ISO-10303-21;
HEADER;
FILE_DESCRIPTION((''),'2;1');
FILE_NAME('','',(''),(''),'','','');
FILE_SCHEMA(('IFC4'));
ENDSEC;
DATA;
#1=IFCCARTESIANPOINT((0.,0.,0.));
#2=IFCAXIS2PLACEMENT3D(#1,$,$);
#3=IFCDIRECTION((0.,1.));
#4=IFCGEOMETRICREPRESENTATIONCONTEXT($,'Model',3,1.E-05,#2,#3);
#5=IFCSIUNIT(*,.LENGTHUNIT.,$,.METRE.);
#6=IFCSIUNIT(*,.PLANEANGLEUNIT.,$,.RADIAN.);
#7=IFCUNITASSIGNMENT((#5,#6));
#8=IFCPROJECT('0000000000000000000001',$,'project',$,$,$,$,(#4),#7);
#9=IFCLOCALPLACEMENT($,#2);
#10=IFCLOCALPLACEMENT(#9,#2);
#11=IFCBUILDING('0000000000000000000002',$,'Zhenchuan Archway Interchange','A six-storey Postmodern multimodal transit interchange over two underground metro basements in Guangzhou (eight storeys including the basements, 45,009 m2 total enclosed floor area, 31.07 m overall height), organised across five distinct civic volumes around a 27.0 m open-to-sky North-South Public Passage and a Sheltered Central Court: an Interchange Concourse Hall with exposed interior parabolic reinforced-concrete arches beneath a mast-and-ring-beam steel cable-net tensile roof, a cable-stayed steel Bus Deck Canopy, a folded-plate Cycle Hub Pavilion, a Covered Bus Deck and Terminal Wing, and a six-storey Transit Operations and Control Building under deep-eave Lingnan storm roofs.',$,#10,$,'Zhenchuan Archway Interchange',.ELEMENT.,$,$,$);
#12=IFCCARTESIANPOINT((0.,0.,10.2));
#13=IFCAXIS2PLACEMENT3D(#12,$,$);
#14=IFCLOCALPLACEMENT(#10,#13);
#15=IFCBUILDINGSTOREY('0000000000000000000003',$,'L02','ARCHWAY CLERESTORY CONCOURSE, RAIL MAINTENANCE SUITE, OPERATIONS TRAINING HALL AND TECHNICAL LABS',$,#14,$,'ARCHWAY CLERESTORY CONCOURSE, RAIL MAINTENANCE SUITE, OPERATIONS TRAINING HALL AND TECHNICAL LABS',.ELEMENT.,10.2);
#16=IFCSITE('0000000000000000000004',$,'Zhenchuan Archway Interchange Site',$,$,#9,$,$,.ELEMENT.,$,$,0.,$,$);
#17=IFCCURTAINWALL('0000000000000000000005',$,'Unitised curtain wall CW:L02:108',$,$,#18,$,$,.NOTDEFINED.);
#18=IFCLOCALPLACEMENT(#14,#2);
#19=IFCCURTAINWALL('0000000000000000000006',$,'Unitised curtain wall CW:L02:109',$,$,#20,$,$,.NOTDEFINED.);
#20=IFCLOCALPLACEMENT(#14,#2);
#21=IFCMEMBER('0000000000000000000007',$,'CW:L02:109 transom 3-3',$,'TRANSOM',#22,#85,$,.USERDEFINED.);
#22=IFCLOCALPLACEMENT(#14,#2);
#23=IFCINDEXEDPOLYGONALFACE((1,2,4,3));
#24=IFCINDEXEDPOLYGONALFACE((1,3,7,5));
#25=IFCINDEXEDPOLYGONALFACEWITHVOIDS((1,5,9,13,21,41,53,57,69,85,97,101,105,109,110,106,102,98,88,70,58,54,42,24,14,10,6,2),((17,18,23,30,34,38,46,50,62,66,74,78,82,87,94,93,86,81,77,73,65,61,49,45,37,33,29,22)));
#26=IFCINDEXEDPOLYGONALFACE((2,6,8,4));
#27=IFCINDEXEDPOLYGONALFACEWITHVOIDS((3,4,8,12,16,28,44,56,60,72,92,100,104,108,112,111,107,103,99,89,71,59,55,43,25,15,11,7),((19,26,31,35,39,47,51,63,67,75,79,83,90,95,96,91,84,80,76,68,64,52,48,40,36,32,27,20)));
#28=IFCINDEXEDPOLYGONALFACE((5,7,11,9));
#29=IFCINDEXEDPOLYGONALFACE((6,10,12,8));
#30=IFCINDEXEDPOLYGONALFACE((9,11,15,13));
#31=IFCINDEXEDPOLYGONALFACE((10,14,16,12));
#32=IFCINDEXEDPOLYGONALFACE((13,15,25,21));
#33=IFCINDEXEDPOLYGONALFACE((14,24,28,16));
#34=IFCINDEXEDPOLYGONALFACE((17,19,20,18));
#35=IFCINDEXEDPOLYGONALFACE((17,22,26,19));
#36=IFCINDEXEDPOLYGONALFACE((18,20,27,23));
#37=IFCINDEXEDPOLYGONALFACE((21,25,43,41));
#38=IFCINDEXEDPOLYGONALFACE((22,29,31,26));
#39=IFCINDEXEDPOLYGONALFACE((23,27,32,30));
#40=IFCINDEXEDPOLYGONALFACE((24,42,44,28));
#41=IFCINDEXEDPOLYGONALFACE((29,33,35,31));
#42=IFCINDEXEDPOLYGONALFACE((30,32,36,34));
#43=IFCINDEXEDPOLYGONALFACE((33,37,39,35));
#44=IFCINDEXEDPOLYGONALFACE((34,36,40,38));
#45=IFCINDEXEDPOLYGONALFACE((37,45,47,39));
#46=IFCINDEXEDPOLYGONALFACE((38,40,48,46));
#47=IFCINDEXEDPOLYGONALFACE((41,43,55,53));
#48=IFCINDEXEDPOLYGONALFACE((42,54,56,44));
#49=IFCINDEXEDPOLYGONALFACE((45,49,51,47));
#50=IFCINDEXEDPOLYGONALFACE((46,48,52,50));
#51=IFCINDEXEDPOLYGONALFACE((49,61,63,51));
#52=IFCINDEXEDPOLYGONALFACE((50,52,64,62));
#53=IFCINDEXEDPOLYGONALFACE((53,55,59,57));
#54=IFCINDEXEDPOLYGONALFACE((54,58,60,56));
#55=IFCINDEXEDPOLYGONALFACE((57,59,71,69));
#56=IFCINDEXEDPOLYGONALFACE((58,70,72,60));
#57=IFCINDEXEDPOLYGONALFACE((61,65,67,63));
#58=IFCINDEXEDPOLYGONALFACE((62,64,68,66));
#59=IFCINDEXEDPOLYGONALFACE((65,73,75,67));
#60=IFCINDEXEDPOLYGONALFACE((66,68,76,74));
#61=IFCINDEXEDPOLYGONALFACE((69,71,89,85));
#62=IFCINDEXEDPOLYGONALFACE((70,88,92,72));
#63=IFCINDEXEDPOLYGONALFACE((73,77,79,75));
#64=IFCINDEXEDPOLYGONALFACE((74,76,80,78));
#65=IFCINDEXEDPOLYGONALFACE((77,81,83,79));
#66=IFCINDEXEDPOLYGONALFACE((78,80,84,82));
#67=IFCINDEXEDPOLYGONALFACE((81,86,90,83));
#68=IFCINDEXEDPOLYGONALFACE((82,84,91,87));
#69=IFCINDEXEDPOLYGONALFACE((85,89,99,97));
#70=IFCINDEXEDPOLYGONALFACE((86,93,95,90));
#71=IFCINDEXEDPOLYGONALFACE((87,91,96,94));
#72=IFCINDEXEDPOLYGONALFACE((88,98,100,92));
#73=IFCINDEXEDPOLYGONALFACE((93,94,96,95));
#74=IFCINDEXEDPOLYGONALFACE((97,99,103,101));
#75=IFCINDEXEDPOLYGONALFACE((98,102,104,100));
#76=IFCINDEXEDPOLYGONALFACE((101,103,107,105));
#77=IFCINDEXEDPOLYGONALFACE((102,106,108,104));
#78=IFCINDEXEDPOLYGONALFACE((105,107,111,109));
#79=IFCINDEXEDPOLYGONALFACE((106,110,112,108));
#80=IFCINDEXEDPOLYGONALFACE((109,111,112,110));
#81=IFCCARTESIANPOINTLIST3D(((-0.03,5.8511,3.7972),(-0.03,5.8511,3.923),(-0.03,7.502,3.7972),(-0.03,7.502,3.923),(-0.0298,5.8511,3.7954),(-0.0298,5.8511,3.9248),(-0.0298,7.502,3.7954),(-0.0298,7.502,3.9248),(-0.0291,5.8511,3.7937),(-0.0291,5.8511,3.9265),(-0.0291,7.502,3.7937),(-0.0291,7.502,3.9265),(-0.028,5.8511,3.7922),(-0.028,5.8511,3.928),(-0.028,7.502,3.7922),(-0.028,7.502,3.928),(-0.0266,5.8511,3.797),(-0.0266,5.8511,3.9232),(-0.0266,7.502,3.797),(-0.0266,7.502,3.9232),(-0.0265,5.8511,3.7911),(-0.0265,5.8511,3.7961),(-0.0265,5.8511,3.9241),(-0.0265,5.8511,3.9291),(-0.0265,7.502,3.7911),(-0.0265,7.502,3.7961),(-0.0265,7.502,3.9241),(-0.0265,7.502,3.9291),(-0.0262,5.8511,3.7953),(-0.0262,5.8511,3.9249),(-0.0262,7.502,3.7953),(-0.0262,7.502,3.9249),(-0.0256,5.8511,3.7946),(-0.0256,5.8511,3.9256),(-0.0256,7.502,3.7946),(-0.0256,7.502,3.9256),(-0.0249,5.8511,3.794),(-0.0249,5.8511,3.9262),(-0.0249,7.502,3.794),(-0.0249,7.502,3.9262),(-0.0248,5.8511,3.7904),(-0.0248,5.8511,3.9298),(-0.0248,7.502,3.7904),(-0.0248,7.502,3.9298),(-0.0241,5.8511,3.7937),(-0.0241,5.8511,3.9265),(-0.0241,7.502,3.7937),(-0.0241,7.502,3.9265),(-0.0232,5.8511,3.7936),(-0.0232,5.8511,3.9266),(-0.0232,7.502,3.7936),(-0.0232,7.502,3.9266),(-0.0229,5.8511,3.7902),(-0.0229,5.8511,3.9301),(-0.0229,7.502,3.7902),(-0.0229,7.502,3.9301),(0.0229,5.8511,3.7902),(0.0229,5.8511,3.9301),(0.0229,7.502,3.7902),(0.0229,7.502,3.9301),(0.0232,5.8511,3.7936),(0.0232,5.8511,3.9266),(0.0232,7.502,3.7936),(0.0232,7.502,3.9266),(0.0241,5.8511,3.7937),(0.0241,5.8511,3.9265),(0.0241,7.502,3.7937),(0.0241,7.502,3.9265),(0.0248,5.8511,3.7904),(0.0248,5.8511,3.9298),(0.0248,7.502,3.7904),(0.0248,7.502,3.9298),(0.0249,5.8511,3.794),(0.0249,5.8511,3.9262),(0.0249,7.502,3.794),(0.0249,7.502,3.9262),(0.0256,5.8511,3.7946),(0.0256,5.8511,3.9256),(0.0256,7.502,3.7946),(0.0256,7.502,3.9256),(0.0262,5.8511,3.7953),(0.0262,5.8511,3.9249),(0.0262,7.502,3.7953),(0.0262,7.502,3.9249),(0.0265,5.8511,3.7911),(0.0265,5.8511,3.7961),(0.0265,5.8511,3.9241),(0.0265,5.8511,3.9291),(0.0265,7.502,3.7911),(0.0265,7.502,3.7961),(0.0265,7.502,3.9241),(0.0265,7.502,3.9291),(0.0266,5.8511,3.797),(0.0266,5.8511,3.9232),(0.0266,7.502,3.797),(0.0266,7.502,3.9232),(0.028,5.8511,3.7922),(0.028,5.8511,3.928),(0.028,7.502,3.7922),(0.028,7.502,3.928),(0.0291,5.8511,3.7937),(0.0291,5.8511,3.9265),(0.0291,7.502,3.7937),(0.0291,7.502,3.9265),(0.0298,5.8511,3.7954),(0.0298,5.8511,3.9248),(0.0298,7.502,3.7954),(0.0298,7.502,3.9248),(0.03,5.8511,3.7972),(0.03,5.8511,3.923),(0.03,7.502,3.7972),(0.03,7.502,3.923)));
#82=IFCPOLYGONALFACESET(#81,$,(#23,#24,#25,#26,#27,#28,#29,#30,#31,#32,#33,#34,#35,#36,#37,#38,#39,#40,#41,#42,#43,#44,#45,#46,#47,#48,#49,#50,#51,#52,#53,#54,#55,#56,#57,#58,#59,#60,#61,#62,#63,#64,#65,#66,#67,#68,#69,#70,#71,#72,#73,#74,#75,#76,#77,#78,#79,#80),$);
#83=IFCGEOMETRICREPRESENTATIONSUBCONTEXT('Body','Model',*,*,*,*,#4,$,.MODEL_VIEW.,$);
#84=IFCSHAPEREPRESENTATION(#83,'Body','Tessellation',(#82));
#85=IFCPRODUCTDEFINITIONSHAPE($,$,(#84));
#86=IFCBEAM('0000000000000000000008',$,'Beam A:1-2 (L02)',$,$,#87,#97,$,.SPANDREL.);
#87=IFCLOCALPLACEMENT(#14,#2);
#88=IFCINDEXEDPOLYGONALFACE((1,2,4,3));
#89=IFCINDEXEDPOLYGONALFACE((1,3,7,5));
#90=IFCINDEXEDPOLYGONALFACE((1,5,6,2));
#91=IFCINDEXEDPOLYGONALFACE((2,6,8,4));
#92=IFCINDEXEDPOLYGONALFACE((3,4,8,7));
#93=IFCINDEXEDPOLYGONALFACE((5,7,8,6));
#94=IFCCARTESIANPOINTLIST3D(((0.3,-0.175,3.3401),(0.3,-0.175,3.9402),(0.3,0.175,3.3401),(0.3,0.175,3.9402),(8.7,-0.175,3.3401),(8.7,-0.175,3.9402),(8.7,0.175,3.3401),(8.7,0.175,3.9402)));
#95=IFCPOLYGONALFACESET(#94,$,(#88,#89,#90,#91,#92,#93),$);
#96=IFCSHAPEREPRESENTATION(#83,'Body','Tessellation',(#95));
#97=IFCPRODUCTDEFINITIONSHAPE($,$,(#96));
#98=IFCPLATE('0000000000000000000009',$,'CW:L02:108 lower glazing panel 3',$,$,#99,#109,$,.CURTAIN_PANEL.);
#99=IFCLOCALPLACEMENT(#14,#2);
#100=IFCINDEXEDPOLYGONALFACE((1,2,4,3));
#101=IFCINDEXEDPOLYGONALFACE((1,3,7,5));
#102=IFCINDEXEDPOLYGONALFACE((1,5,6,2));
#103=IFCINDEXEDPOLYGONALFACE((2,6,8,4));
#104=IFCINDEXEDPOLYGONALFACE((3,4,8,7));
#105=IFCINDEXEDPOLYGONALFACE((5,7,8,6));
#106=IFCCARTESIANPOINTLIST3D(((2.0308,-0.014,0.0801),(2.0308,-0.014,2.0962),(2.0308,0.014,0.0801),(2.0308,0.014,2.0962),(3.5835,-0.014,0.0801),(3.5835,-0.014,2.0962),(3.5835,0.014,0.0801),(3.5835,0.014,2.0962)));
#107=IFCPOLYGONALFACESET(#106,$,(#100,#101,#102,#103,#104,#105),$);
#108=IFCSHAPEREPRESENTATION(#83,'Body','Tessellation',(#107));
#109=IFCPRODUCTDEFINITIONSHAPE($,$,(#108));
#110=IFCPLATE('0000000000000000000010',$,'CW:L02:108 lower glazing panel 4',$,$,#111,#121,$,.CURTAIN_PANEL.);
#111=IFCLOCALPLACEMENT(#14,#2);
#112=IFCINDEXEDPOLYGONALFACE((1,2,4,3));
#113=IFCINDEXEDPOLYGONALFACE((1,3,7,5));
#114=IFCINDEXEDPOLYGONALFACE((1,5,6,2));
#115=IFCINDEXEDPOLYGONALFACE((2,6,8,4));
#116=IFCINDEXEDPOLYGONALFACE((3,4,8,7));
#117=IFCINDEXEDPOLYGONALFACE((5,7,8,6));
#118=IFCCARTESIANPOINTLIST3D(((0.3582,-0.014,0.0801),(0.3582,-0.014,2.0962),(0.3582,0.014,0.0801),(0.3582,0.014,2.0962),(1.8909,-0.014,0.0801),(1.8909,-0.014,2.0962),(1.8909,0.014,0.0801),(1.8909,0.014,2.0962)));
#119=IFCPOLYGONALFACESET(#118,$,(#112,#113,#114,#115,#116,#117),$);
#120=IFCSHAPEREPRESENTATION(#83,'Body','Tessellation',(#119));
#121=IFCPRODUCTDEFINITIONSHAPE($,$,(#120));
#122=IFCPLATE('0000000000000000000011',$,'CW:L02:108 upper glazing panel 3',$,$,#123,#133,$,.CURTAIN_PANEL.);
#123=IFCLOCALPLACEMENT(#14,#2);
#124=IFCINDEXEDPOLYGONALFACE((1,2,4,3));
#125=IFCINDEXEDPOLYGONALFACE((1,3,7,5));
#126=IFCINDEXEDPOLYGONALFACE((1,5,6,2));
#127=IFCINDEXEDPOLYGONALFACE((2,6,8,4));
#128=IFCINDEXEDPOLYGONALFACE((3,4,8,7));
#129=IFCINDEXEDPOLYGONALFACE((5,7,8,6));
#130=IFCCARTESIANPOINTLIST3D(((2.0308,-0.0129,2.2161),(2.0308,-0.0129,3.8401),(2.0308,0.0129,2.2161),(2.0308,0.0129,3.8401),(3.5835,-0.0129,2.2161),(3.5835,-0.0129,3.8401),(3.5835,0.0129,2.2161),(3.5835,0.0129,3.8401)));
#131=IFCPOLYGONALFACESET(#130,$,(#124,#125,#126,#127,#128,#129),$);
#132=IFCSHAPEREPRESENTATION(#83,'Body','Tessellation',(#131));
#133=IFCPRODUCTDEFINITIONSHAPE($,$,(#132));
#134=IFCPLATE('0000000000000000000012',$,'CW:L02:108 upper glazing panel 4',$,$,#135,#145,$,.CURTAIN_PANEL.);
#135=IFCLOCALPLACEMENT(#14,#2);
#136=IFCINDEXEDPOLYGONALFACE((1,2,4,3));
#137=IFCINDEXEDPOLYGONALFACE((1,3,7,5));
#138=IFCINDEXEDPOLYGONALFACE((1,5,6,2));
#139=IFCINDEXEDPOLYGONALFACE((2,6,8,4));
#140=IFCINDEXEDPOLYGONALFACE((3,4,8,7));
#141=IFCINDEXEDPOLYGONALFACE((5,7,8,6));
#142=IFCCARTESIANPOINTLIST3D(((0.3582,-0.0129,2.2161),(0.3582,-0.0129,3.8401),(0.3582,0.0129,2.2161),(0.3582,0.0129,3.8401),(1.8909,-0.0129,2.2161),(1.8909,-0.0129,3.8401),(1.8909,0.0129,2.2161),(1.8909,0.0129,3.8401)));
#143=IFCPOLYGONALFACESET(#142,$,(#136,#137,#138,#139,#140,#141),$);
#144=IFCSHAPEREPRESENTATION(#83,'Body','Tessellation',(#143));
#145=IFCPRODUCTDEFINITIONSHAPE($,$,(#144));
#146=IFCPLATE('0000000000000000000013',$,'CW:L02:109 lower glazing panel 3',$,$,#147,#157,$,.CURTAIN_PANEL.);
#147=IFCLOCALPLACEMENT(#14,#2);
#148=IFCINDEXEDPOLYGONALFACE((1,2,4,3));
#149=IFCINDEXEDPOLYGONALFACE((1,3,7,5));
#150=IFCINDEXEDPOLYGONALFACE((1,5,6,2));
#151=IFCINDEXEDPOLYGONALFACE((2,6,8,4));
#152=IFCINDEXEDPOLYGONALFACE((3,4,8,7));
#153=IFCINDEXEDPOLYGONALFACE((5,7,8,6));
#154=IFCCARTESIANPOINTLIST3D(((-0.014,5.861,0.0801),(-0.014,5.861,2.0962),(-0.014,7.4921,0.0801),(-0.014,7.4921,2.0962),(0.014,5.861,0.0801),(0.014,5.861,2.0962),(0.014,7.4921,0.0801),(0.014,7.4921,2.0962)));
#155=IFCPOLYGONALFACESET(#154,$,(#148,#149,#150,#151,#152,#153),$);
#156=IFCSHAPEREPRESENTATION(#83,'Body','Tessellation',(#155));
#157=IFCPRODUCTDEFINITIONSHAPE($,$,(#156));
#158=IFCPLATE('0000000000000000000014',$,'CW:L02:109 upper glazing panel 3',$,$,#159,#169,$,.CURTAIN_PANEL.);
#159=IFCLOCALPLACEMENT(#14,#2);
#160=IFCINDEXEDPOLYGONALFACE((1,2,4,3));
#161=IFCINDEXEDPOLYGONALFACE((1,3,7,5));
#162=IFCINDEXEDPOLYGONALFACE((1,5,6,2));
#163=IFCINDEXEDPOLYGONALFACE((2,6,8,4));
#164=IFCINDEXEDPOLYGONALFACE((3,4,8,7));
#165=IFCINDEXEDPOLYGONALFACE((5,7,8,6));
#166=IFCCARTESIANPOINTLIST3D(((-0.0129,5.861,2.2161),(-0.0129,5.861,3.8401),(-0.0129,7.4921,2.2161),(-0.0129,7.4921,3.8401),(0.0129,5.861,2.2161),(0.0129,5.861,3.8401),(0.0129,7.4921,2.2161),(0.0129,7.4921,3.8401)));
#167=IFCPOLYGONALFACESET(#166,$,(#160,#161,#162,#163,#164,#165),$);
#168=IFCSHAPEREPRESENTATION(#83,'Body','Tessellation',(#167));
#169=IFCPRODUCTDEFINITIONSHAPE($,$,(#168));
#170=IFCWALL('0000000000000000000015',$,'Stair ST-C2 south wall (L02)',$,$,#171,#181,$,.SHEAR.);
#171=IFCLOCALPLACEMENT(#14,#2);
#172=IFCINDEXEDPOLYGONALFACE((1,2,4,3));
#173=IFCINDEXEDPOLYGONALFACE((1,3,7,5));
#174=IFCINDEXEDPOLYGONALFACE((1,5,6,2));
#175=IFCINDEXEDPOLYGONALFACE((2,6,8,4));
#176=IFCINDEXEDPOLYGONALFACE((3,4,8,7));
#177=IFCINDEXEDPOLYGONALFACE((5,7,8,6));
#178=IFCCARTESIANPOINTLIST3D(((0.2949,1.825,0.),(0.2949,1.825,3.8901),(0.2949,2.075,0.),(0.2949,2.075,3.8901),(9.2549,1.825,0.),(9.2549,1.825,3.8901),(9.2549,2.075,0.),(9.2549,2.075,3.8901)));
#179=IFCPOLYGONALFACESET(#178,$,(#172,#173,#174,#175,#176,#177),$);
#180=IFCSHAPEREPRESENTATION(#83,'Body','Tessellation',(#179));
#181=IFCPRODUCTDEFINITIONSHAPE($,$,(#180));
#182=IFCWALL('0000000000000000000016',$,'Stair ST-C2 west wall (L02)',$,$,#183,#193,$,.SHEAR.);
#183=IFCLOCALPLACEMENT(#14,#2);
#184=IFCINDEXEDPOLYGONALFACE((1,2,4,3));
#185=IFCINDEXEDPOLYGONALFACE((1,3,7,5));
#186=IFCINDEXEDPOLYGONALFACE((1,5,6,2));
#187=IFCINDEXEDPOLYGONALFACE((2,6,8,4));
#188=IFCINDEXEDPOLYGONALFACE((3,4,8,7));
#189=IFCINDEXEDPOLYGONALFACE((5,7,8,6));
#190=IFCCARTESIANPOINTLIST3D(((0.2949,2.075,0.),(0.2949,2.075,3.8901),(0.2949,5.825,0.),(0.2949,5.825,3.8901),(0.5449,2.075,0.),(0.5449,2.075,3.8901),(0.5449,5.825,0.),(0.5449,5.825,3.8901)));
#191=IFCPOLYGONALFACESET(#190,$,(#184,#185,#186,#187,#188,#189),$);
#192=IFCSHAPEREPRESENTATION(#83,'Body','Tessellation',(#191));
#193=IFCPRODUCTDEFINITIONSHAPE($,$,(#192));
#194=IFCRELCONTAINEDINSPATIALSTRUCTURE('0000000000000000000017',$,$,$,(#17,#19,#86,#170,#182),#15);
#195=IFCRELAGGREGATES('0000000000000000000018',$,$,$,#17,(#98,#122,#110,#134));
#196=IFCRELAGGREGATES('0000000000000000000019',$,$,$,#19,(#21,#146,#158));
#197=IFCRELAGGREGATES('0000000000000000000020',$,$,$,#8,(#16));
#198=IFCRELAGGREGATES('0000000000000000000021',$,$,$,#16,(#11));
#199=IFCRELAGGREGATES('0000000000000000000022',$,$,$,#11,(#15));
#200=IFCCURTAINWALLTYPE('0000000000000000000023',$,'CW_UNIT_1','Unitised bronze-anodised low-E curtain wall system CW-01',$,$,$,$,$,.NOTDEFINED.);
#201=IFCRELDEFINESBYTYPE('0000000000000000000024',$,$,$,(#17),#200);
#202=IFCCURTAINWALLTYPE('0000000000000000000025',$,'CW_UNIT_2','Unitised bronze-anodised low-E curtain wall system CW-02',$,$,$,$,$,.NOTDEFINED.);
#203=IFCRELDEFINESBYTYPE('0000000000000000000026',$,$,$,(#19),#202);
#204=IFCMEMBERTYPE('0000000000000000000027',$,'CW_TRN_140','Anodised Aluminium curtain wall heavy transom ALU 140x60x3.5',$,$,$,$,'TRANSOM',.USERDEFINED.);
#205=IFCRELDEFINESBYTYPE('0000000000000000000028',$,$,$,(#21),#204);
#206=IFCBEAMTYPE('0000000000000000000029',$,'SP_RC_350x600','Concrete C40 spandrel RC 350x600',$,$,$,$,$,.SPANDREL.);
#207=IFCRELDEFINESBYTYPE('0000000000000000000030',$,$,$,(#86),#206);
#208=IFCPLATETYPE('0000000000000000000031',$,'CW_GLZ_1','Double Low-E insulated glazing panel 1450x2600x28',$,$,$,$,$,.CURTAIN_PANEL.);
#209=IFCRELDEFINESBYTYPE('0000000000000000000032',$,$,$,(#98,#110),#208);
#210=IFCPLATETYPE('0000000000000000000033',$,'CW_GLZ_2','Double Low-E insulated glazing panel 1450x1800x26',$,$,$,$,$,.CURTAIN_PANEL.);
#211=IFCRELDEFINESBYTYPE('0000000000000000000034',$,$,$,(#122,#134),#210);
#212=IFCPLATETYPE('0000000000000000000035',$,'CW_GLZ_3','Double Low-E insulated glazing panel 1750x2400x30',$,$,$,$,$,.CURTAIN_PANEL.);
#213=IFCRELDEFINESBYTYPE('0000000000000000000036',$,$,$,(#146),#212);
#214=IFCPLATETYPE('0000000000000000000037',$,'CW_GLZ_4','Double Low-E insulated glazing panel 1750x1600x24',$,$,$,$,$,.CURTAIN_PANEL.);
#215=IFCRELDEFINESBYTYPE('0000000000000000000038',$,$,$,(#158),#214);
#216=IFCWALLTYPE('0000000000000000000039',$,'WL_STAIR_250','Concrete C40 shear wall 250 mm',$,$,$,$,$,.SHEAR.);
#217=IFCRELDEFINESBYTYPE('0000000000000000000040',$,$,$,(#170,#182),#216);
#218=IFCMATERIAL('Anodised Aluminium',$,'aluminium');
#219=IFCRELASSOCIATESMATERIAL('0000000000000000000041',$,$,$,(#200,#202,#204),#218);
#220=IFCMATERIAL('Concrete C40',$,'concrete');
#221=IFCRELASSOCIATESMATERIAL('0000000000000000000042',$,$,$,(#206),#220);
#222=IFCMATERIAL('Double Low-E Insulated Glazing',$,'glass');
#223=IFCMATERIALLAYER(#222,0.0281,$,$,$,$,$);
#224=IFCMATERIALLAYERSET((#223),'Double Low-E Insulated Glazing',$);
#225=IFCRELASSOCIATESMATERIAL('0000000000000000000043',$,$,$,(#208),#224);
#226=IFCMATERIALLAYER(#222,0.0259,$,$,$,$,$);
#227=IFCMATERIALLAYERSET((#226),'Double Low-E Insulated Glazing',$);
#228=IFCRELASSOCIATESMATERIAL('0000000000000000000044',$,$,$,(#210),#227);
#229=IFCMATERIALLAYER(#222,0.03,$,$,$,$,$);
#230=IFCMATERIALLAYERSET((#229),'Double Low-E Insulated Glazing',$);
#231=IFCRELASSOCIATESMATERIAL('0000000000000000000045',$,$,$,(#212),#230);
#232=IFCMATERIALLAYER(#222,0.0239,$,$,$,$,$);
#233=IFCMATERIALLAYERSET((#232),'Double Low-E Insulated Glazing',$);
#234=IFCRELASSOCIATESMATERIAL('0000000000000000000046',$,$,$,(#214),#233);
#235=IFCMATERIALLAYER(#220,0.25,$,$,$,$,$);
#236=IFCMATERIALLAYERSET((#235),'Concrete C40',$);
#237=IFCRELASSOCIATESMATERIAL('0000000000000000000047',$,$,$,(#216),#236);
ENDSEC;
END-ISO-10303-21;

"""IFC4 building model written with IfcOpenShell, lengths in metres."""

from ifc_helpers import new_model, si_unit, direction, frame, frame_2d, origin, origin_2d, place, context, subcontext, project, spatial, rectangle, hollow_rectangle, extrude, material, layer, layer_set, material_profile, profile_set, type_object, element, aggregate, save


model = new_model("IFC4")

# Units and contexts
model_context = context("Model", 3, precision=1e-05, world=origin(), true_north=direction((0.0, 1.0)))
body_context = subcontext(model_context, "Body", "Model", "MODEL_VIEW")
ifc_project = project(units=[si_unit("LENGTHUNIT", "METRE"), si_unit("PLANEANGLEUNIT", "RADIAN")], contexts=[model_context])

# Site, building, storey
site_placement = place(None, origin())
site = spatial("IfcSite", under=ifc_project, at=site_placement, Name="Zhenchuan Archway Interchange Site", CompositionType="ELEMENT", RefElevation=0.0)
building_placement = place(site_placement, origin())
building = spatial("IfcBuilding", under=site, at=building_placement, Name="Zhenchuan Archway Interchange", Description="A six-storey Postmodern multimodal transit interchange over two underground metro basements in Guangzhou (eight storeys including the basements, 45,009 m2 total enclosed floor area, 31.07 m overall height), organised across five distinct civic volumes around a 27.0 m open-to-sky North-South Public Passage and a Sheltered Central Court: an Interchange Concourse Hall with exposed interior parabolic reinforced-concrete arches beneath a mast-and-ring-beam steel cable-net tensile roof, a cable-stayed steel Bus Deck Canopy, a folded-plate Cycle Hub Pavilion, a Covered Bus Deck and Terminal Wing, and a six-storey Transit Operations and Control Building under deep-eave Lingnan storm roofs.", LongName="Zhenchuan Archway Interchange", CompositionType="ELEMENT")
storey_placement = place(building_placement, frame((0.0, 0.0, 10.2)))
storey = spatial("IfcBuildingStorey", under=building, at=storey_placement, Name="L02", Description="ARCHWAY CLERESTORY CONCOURSE, RAIL MAINTENANCE SUITE, OPERATIONS TRAINING HALL AND TECHNICAL LABS", LongName="ARCHWAY CLERESTORY CONCOURSE, RAIL MAINTENANCE SUITE, OPERATIONS TRAINING HALL AND TECHNICAL LABS", CompositionType="ELEMENT", Elevation=10.2)

# Shared definitions
ifc_material_1 = material(Name="Concrete C40", Category="concrete")

# Curtain wall
ifc_material_2 = material(Name="Anodised Aluminium", Category="aluminium")
curtain_wall_type_1 = type_object("IfcCurtainWallType", Name="CW_UNIT_1", Description="Unitised bronze-anodised low-E curtain wall system CW-01", PredefinedType="NOTDEFINED", material=ifc_material_2)
curtain_wall_1_placement = place(storey_placement, origin())
curtain_wall_1 = element("IfcCurtainWall", 1, at=curtain_wall_1_placement, inside=storey, type_object=curtain_wall_type_1, Name="Unitised curtain wall CW:L02:108", PredefinedType="NOTDEFINED")

# Curtain wall
curtain_wall_type_2 = type_object("IfcCurtainWallType", Name="CW_UNIT_2", Description="Unitised bronze-anodised low-E curtain wall system CW-02", PredefinedType="NOTDEFINED", material=ifc_material_2)
curtain_wall_2_placement = place(storey_placement, origin())
curtain_wall_2 = element("IfcCurtainWall", 2, at=curtain_wall_2_placement, inside=storey, type_object=curtain_wall_type_2, Name="Unitised curtain wall CW:L02:109", PredefinedType="NOTDEFINED")

# Member
ifc_material_profile_1 = material_profile(ifc_material_2, hollow_rectangle(XDim=0.0601, YDim=0.1399, WallThickness=0.0034, InnerFilletRadius=0.0034, OuterFilletRadius=0.0071, at=origin_2d()), Name="ALU 140x60x3.5")
ifc_profile_set_1 = profile_set([ifc_material_profile_1], Name="Anodised Aluminium")
member_type_1 = type_object("IfcMemberType", Name="CW_TRN_140", Description="Anodised Aluminium curtain wall heavy transom ALU 140x60x3.5", ElementType="TRANSOM", PredefinedType="USERDEFINED", material=ifc_profile_set_1)
member_1_placement = place(storey_placement, frame((0.0, 5.8511, 3.8601), z_axis=(0.0, 1.0, 0.0), x_axis=(-1.0, 0.0, 0.0)))
member_1 = element("IfcMember", 3, at=member_1_placement, type_object=member_type_1, Name="CW:L02:109 transom 3-3", ObjectType="TRANSOM", PredefinedType="USERDEFINED", context=body_context, shape_type="SweptSolid", body=[
    extrude(hollow_rectangle(XDim=0.0601, YDim=0.1399, WallThickness=0.0034, InnerFilletRadius=0.0034, OuterFilletRadius=0.0071, at=origin_2d()), origin(), (0.0, 0.0, 1.0), 1.6509),
])

# Beam
ifc_material_profile_2 = material_profile(ifc_material_1, rectangle(XDim=0.3501, YDim=0.6001, at=origin_2d()), Name="RC 350x600")
ifc_profile_set_2 = profile_set([ifc_material_profile_2], Name="Concrete C40")
beam_type_1 = type_object("IfcBeamType", Name="SP_RC_350x600", Description="Concrete C40 spandrel RC 350x600", PredefinedType="SPANDREL", material=ifc_profile_set_2)
beam_1_placement = place(storey_placement, frame((0.3, 0.0, 3.6401), z_axis=(1.0, 0.0, 0.0), x_axis=(0.0, 1.0, 0.0)))
element("IfcBeam", 4, at=beam_1_placement, inside=storey, type_object=beam_type_1, Name="Beam A:1-2 (L02)", PredefinedType="SPANDREL", context=body_context, shape_type="SweptSolid", body=[
    extrude(rectangle(XDim=0.3501, YDim=0.6001, at=origin_2d()), origin(), (0.0, 0.0, 1.0), 8.3999),
])

# Plates
ifc_material_3 = material(Name="Double Low-E Insulated Glazing", Category="glass")
ifc_layer_1 = layer(ifc_material_3, 0.0281)
ifc_layer_set_1 = layer_set([ifc_layer_1], Name="Double Low-E Insulated Glazing")
plate_type_1 = type_object("IfcPlateType", Name="CW_GLZ_1", Description="Double Low-E insulated glazing panel 1450x2600x28", PredefinedType="CURTAIN_PANEL", material=ifc_layer_set_1)
plate_1_placement = place(storey_placement, frame((2.8071, 0.0, 0.0801), z_axis=(0.0, 0.0, 1.0), x_axis=(-1.0, 0.0, 0.0)))
plate_1 = element("IfcPlate", 5, at=plate_1_placement, type_object=plate_type_1, Name="CW:L02:108 lower glazing panel 3", PredefinedType="CURTAIN_PANEL", context=body_context, shape_type="SweptSolid", body=[
    extrude(rectangle(XDim=1.5527, YDim=0.0281, at=origin_2d()), origin(), (0.0, 0.0, 1.0), 2.0161),
])
plate_2_placement = place(storey_placement, frame((1.1245, 0.0, 0.0801), z_axis=(0.0, 0.0, 1.0), x_axis=(-1.0, 0.0, 0.0)))
plate_2 = element("IfcPlate", 6, at=plate_2_placement, type_object=plate_type_1, Name="CW:L02:108 lower glazing panel 4", PredefinedType="CURTAIN_PANEL", context=body_context, shape_type="SweptSolid", body=[
    extrude(rectangle(XDim=1.5327, YDim=0.0281, at=origin_2d()), origin(), (0.0, 0.0, 1.0), 2.0161),
])
ifc_layer_2 = layer(ifc_material_3, 0.0259)
ifc_layer_set_2 = layer_set([ifc_layer_2], Name="Double Low-E Insulated Glazing")
plate_type_2 = type_object("IfcPlateType", Name="CW_GLZ_2", Description="Double Low-E insulated glazing panel 1450x1800x26", PredefinedType="CURTAIN_PANEL", material=ifc_layer_set_2)
plate_3_placement = place(storey_placement, frame((2.8071, 0.0, 2.2161), z_axis=(0.0, 0.0, 1.0), x_axis=(-1.0, 0.0, 0.0)))
plate_3 = element("IfcPlate", 7, at=plate_3_placement, type_object=plate_type_2, Name="CW:L02:108 upper glazing panel 3", PredefinedType="CURTAIN_PANEL", context=body_context, shape_type="SweptSolid", body=[
    extrude(rectangle(XDim=1.5527, YDim=0.0259, at=origin_2d()), origin(), (0.0, 0.0, 1.0), 1.624),
])
plate_4_placement = place(storey_placement, frame((1.1245, 0.0, 2.2161), z_axis=(0.0, 0.0, 1.0), x_axis=(-1.0, 0.0, 0.0)))
plate_4 = element("IfcPlate", 8, at=plate_4_placement, type_object=plate_type_2, Name="CW:L02:108 upper glazing panel 4", PredefinedType="CURTAIN_PANEL", context=body_context, shape_type="SweptSolid", body=[
    extrude(rectangle(XDim=1.5327, YDim=0.0259, at=origin_2d()), origin(), (0.0, 0.0, 1.0), 1.624),
])
aggregate(curtain_wall_1, [plate_1, plate_3, plate_2, plate_4])
ifc_layer_3 = layer(ifc_material_3, 0.03)
ifc_layer_set_3 = layer_set([ifc_layer_3], Name="Double Low-E Insulated Glazing")
plate_type_3 = type_object("IfcPlateType", Name="CW_GLZ_3", Description="Double Low-E insulated glazing panel 1750x2400x30", PredefinedType="CURTAIN_PANEL", material=ifc_layer_set_3)
plate_5_placement = place(storey_placement, frame((0.0, 6.6765, 0.0801), z_axis=(0.0, 0.0, 1.0), x_axis=(0.0, 1.0, 0.0)))
plate_5 = element("IfcPlate", 9, at=plate_5_placement, type_object=plate_type_3, Name="CW:L02:109 lower glazing panel 3", PredefinedType="CURTAIN_PANEL", context=body_context, shape_type="SweptSolid", body=[
    extrude(rectangle(XDim=1.6311, YDim=0.0281, at=origin_2d()), origin(), (0.0, 0.0, 1.0), 2.0161),
])
ifc_layer_4 = layer(ifc_material_3, 0.0239)
ifc_layer_set_4 = layer_set([ifc_layer_4], Name="Double Low-E Insulated Glazing")
plate_type_4 = type_object("IfcPlateType", Name="CW_GLZ_4", Description="Double Low-E insulated glazing panel 1750x1600x24", PredefinedType="CURTAIN_PANEL", material=ifc_layer_set_4)
plate_6_placement = place(storey_placement, frame((0.0, 6.6765, 2.2161), z_axis=(0.0, 0.0, 1.0), x_axis=(0.0, 1.0, 0.0)))
plate_6 = element("IfcPlate", 10, at=plate_6_placement, type_object=plate_type_4, Name="CW:L02:109 upper glazing panel 3", PredefinedType="CURTAIN_PANEL", context=body_context, shape_type="SweptSolid", body=[
    extrude(rectangle(XDim=1.6311, YDim=0.0259, at=origin_2d()), origin(), (0.0, 0.0, 1.0), 1.624),
])
aggregate(curtain_wall_2, [member_1, plate_5, plate_6])

# Walls
ifc_layer_5 = layer(ifc_material_1, 0.25)
ifc_layer_set_5 = layer_set([ifc_layer_5], Name="Concrete C40")
wall_type = type_object("IfcWallType", Name="WL_STAIR_250", Description="Concrete C40 shear wall 250 mm", PredefinedType="SHEAR", material=ifc_layer_set_5)
wall_1_placement = place(storey_placement, frame((0.2949, 1.95, 0.0), z_axis=(0.0, 0.0, 1.0), x_axis=(1.0, 0.0, 0.0)))
element("IfcWall", 11, at=wall_1_placement, inside=storey, type_object=wall_type, Name="Stair ST-C2 south wall (L02)", PredefinedType="SHEAR", context=body_context, shape_type="SweptSolid", body=[
    extrude(rectangle(XDim=8.96, YDim=0.25, at=frame_2d((4.48, 0.0))), origin(), (0.0, 0.0, 1.0), 3.8901),
])
wall_2_placement = place(storey_placement, frame((0.4199, 5.825, 0.0), z_axis=(0.0, 0.0, 1.0), x_axis=(0.0, -1.0, 0.0)))
element("IfcWall", 12, at=wall_2_placement, inside=storey, type_object=wall_type, Name="Stair ST-C2 west wall (L02)", PredefinedType="SHEAR", context=body_context, shape_type="SweptSolid", body=[
    extrude(rectangle(XDim=3.75, YDim=0.25, at=frame_2d((1.875, 0.0))), origin(), (0.0, 0.0, 1.0), 3.8901),
])

save(model, "model.ifc")
